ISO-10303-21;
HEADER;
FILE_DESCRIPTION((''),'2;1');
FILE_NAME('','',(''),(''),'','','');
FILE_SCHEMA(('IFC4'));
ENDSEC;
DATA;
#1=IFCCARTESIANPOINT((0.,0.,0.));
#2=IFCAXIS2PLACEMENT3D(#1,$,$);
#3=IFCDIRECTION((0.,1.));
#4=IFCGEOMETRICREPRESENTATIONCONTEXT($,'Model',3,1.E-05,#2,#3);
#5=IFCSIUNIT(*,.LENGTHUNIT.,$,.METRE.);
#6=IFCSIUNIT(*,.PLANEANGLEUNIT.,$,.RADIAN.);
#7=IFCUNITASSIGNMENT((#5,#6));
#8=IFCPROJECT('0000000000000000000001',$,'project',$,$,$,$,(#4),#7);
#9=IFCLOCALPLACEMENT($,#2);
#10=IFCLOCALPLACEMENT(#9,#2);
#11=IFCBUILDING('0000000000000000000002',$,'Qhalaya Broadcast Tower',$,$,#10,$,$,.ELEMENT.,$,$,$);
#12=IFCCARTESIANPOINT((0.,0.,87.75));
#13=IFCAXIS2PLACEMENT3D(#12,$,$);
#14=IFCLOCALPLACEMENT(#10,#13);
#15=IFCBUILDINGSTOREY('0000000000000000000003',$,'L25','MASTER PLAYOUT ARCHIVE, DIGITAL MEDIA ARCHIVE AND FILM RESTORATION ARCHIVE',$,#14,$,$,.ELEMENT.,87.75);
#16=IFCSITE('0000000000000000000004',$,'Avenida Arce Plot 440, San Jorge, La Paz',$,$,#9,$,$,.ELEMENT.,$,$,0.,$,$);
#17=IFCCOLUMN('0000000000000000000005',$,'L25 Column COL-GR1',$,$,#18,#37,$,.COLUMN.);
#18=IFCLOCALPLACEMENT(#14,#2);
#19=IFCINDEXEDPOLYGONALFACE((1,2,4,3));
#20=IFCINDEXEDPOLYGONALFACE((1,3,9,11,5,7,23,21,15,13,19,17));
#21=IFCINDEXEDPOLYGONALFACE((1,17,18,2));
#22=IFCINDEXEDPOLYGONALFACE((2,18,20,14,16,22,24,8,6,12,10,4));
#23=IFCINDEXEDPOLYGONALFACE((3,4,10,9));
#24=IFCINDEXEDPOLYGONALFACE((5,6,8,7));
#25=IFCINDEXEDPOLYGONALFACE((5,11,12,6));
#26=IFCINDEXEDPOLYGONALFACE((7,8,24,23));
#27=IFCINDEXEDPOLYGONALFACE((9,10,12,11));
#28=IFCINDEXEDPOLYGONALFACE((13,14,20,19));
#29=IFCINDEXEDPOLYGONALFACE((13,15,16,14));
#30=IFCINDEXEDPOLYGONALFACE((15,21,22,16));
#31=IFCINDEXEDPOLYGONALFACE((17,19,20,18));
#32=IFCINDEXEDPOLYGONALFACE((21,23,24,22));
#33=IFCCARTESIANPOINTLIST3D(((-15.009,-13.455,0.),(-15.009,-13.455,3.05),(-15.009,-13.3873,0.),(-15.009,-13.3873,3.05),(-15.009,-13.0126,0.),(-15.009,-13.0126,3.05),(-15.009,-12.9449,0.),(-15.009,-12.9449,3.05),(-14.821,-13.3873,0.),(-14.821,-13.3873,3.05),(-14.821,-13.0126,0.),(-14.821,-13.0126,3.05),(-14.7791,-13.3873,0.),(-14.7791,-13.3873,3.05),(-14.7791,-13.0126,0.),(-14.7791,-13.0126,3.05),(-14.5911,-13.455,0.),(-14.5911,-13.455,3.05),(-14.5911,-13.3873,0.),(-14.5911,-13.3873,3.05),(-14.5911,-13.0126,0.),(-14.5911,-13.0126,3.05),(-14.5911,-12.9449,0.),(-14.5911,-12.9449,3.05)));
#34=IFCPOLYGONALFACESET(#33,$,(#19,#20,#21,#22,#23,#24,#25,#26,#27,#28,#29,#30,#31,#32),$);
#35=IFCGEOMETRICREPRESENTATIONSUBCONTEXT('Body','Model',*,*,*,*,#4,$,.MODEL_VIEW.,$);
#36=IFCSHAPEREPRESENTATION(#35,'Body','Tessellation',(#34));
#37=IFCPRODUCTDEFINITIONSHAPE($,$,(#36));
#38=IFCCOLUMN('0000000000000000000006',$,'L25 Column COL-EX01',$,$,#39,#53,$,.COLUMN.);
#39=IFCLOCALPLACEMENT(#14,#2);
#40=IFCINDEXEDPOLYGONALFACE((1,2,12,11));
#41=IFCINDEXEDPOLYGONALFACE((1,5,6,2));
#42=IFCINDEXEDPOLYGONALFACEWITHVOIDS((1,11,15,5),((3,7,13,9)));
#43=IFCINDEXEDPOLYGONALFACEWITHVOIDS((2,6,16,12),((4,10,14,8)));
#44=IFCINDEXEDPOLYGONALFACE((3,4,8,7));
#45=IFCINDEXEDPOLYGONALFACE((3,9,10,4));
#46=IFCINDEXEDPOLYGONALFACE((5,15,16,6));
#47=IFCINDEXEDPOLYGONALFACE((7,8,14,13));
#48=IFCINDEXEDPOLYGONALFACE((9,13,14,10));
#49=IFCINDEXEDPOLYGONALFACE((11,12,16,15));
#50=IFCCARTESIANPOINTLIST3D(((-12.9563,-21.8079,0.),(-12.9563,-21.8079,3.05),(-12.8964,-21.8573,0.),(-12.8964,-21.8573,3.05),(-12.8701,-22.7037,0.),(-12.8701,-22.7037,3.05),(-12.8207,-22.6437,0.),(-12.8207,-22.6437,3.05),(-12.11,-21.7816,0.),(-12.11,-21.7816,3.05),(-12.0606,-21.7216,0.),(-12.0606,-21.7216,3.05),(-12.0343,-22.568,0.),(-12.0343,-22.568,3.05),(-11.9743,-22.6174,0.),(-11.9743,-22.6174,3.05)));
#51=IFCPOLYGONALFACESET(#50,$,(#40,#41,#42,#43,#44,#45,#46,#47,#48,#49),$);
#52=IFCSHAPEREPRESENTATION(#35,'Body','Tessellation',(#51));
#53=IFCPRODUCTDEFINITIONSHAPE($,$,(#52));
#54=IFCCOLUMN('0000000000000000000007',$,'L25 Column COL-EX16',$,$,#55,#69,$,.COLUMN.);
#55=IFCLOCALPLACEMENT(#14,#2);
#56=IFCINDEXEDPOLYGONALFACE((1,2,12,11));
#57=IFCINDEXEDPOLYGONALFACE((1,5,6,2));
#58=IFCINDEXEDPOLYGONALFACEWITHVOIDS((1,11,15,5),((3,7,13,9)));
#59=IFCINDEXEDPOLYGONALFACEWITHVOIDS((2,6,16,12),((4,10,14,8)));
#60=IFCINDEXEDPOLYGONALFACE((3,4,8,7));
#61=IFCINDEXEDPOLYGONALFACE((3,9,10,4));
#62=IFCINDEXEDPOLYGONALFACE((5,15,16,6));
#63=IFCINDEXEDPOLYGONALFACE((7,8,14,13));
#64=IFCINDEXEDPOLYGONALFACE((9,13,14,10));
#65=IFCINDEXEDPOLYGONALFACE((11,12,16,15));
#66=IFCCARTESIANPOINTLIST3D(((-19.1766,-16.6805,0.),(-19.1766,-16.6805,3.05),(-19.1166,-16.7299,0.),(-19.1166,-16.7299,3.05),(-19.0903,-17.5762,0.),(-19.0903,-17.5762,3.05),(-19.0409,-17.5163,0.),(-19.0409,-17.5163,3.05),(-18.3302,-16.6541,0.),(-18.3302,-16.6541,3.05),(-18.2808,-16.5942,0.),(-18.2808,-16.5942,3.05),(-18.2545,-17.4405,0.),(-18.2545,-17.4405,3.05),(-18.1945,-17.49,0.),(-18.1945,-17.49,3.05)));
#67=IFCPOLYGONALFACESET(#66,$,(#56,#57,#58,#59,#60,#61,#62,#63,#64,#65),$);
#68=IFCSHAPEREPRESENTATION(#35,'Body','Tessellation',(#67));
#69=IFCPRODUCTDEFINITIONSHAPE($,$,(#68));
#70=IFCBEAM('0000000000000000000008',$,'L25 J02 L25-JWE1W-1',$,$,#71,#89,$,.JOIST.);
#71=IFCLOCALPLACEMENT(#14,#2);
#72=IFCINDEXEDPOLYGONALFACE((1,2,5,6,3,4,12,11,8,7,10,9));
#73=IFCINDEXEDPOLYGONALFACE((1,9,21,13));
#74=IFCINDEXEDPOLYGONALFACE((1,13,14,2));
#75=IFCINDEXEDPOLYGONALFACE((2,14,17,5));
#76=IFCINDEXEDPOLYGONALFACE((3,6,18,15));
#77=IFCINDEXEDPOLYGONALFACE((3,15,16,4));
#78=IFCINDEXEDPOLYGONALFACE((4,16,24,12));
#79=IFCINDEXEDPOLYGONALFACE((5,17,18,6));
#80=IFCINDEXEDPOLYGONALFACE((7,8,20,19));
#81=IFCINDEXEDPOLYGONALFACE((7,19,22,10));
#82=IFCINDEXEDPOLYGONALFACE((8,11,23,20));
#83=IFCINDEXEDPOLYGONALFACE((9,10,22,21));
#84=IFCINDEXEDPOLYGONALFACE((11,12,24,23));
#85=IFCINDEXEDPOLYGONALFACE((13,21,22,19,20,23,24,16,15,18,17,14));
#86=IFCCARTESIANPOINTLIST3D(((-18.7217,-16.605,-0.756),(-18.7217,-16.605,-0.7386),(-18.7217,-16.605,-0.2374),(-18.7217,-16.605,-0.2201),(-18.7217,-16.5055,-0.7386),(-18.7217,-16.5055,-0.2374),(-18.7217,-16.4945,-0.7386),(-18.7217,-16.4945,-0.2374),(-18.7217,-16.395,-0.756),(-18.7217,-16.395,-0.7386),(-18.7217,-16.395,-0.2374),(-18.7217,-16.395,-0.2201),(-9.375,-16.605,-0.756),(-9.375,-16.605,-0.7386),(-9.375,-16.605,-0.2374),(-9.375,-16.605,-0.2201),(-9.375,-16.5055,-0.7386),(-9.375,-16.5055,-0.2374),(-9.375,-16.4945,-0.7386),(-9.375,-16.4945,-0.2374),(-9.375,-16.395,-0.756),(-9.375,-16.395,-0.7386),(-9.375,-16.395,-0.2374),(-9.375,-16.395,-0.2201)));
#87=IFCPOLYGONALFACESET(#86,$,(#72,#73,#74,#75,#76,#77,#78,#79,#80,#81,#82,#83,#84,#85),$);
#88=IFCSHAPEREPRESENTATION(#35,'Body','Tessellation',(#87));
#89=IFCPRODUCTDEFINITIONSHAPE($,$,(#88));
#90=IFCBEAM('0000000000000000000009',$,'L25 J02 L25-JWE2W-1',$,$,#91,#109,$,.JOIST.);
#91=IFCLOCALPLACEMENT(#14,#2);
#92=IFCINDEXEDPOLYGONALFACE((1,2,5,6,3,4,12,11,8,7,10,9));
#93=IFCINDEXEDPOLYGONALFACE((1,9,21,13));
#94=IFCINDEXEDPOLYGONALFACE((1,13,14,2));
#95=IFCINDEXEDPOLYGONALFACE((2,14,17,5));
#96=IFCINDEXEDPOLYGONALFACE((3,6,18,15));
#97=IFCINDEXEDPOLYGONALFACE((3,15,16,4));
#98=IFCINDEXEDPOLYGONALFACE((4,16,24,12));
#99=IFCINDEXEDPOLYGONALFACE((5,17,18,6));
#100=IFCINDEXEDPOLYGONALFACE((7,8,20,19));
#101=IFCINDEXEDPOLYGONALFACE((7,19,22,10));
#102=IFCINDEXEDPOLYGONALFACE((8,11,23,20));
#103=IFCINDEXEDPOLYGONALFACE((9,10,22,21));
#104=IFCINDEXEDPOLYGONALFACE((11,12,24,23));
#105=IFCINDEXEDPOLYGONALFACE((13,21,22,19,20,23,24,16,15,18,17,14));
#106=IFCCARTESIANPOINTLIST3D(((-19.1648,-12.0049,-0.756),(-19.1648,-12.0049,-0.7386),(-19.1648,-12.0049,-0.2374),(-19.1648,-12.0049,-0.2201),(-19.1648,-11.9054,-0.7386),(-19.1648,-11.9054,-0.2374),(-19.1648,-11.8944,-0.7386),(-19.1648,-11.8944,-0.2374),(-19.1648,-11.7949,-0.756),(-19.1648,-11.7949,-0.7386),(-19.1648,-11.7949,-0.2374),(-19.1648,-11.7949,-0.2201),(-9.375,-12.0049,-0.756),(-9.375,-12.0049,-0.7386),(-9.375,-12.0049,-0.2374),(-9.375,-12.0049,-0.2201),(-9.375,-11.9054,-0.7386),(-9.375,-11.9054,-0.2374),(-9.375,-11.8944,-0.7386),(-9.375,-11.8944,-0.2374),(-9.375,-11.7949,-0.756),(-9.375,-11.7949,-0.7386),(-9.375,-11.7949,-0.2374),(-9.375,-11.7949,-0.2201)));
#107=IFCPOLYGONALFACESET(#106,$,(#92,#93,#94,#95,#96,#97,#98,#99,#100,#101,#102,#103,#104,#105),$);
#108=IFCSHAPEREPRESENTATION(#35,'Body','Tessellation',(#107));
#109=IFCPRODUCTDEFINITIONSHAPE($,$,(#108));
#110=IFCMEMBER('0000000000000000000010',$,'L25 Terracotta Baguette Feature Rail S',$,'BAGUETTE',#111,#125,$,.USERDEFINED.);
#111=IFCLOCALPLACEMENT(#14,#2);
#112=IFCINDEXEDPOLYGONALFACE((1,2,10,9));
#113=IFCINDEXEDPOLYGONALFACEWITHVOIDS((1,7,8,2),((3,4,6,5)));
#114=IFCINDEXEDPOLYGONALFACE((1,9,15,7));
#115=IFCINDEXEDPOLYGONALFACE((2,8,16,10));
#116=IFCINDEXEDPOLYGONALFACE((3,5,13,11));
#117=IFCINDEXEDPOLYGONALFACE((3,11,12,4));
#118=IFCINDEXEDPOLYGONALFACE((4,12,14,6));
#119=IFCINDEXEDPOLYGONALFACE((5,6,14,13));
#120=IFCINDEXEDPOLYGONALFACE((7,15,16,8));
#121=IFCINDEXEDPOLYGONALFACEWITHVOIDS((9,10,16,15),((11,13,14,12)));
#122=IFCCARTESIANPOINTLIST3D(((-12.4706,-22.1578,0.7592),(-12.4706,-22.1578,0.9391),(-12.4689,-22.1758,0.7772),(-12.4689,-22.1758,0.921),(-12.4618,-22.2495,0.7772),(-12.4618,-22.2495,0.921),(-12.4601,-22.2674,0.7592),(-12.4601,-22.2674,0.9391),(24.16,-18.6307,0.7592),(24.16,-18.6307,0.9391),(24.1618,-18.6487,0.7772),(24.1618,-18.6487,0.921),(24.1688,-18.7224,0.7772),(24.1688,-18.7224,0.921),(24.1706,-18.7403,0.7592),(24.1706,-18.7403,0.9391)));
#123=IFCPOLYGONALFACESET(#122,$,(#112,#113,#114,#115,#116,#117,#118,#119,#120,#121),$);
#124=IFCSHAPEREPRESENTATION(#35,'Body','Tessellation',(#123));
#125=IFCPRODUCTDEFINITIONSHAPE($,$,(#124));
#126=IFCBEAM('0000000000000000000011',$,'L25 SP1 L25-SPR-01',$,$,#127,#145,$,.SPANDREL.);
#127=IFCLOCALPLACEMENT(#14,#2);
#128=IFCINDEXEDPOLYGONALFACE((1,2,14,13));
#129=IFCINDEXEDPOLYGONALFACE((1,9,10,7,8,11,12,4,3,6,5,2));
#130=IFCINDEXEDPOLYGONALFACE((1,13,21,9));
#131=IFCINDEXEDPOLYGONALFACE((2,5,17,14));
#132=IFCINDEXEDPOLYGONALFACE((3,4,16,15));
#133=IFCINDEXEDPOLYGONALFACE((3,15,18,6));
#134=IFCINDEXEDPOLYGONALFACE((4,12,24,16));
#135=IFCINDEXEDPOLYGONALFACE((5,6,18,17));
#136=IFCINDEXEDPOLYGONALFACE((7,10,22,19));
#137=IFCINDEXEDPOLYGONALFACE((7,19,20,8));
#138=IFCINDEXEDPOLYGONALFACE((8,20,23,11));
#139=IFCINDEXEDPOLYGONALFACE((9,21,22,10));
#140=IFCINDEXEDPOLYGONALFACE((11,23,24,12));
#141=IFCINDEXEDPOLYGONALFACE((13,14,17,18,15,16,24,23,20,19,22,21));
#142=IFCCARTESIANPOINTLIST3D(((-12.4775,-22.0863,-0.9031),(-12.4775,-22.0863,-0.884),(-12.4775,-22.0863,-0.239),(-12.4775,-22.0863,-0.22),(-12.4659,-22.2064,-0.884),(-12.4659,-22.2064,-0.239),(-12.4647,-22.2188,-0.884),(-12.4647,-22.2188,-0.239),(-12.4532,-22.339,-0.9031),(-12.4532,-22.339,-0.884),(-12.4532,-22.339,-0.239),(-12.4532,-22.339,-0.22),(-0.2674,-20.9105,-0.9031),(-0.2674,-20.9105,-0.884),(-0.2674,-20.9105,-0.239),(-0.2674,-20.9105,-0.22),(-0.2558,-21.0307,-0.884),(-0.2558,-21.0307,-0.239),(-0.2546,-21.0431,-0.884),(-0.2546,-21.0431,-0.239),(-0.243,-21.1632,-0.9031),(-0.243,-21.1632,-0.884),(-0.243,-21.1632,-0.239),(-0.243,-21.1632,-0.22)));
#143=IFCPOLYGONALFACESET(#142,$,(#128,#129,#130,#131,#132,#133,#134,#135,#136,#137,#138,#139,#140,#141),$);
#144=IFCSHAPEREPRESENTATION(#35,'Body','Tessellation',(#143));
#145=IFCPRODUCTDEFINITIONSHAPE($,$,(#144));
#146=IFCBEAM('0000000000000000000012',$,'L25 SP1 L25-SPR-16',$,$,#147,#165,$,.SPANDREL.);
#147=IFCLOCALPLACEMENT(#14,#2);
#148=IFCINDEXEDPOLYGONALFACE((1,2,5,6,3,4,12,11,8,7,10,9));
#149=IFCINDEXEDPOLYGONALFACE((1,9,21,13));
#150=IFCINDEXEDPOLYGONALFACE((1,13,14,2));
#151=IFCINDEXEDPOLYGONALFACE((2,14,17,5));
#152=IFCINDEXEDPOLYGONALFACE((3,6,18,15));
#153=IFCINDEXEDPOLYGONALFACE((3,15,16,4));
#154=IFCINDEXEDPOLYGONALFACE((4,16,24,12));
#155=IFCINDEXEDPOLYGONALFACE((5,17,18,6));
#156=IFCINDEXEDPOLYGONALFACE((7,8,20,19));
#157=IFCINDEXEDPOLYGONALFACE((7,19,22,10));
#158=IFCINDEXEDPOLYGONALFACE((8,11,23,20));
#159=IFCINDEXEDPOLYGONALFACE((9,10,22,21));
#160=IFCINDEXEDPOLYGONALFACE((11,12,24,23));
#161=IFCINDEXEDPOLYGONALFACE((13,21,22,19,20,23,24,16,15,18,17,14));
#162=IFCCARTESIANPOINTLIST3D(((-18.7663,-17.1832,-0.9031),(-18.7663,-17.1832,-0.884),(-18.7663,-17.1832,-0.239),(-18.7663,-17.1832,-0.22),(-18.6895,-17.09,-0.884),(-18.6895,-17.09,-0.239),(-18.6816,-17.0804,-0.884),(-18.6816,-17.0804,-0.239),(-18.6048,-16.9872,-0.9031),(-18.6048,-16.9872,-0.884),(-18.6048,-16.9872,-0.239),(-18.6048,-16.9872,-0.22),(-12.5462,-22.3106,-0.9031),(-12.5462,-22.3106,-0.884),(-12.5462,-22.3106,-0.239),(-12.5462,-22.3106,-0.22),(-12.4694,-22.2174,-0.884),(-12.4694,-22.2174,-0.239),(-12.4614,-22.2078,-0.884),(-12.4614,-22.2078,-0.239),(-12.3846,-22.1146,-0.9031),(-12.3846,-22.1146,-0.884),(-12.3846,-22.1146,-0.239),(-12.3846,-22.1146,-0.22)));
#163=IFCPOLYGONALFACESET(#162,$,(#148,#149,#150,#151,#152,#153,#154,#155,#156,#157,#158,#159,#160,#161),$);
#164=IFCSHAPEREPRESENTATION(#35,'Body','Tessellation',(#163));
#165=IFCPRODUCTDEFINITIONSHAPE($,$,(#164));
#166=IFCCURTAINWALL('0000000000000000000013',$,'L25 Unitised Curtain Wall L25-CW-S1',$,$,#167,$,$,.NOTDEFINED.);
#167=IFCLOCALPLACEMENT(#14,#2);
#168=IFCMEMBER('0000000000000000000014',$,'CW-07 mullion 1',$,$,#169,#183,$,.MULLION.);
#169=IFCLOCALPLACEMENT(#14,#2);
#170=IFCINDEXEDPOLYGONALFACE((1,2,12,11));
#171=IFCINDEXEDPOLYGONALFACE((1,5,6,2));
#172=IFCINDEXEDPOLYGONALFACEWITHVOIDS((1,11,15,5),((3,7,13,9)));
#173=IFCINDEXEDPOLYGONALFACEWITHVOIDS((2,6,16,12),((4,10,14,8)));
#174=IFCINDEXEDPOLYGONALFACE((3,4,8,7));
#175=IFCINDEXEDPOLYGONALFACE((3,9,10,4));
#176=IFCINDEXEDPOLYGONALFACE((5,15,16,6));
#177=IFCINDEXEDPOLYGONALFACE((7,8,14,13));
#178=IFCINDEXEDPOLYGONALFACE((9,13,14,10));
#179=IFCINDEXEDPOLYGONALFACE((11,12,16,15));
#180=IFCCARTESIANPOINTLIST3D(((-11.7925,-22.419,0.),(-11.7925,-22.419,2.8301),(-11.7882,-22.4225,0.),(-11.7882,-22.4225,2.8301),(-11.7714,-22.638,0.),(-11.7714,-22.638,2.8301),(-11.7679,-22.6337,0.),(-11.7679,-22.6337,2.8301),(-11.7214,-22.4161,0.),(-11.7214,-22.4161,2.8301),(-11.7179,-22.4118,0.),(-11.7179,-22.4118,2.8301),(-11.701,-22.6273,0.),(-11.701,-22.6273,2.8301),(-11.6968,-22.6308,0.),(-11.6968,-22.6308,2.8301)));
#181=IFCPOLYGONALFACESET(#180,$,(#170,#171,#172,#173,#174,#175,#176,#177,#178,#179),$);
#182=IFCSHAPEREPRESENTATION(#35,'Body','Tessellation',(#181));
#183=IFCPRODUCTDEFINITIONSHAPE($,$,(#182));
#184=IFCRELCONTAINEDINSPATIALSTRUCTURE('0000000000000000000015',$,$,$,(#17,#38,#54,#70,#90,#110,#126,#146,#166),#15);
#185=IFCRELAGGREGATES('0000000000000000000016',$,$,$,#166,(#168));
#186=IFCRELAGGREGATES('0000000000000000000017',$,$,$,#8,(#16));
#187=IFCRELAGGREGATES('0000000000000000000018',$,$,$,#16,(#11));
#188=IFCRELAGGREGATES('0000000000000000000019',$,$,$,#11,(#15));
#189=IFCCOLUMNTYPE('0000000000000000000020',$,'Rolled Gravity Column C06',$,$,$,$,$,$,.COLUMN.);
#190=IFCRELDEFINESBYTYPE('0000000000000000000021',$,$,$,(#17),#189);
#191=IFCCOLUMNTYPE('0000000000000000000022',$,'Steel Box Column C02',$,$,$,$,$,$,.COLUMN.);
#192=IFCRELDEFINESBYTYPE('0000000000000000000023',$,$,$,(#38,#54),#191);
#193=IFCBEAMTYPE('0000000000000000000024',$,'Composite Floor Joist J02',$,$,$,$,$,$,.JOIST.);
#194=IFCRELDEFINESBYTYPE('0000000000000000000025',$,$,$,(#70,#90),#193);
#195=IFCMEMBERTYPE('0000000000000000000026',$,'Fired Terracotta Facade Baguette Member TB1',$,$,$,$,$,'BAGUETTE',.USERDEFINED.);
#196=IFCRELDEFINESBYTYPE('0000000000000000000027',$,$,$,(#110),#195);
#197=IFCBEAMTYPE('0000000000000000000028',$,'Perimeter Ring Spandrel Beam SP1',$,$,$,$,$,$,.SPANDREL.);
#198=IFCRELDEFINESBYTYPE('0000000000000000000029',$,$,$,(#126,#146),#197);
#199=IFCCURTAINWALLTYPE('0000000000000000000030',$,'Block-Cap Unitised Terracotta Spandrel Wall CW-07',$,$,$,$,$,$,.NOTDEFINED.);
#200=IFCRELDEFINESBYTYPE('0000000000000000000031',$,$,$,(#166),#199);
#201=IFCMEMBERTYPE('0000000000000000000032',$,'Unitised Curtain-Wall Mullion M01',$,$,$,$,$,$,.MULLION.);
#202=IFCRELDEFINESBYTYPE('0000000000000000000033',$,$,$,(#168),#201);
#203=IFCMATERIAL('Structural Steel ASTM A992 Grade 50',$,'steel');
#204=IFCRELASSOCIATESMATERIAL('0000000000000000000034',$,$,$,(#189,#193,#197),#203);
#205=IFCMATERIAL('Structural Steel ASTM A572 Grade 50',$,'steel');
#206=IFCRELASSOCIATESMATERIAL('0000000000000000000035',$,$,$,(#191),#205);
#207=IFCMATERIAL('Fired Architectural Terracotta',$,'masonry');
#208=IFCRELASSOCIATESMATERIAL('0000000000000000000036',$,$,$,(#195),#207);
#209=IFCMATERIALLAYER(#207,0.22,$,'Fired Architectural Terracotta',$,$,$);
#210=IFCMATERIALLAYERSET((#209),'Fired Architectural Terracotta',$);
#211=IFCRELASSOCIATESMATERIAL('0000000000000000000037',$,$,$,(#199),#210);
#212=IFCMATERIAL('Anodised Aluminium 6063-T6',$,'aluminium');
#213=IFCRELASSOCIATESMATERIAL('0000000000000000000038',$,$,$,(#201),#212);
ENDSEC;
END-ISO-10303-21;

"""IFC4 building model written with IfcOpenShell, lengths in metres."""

from ifc_helpers import new_model, si_unit, direction, frame, origin, origin_2d, place, context, subcontext, project, spatial, hollow_rectangle, i_section, extrude, material, layer, layer_set, material_profile, profile_set, type_object, element, aggregate, save


model = new_model("IFC4")

# Units and contexts
model_context = context("Model", 3, precision=1e-05, world=origin(), true_north=direction((0.0, 1.0)))
body_context = subcontext(model_context, "Body", "Model", "MODEL_VIEW")
ifc_project = project(units=[si_unit("LENGTHUNIT", "METRE"), si_unit("PLANEANGLEUNIT", "RADIAN")], contexts=[model_context])

# Site, building, storey
site_placement = place(None, origin())
site = spatial("IfcSite", under=ifc_project, at=site_placement, Name="Avenida Arce Plot 440, San Jorge, La Paz", CompositionType="ELEMENT", RefElevation=0.0)
building_placement = place(site_placement, origin())
building = spatial("IfcBuilding", under=site, at=building_placement, Name="Qhalaya Broadcast Tower", CompositionType="ELEMENT")
storey_placement = place(building_placement, frame((0.0, 0.0, 87.75)))
storey = spatial("IfcBuildingStorey", under=building, at=storey_placement, Name="L25", Description="MASTER PLAYOUT ARCHIVE, DIGITAL MEDIA ARCHIVE AND FILM RESTORATION ARCHIVE", CompositionType="ELEMENT", Elevation=87.75)

# Columns
ifc_material_1 = material(Name="Structural Steel ASTM A992 Grade 50", Category="steel")
ifc_material_profile_1 = material_profile(ifc_material_1, i_section(OverallWidth=0.418, OverallDepth=0.51, WebThickness=0.042, FlangeThickness=0.0676, at=origin_2d()), Name="W14X370")
ifc_profile_set_1 = profile_set([ifc_material_profile_1], Name="Structural Steel ASTM A992 Grade 50")
column_type_1 = type_object("IfcColumnType", Name="Rolled Gravity Column C06", PredefinedType="COLUMN", material=ifc_profile_set_1)
column_placement = place(storey_placement, frame((-14.8, -13.2, 0.0), z_axis=(0.0, 0.0, 1.0), x_axis=(1.0, 0.0, 0.0)))
element("IfcColumn", 1, at=column_placement, inside=storey, type_object=column_type_1, Name="L25 Column COL-GR1", PredefinedType="COLUMN", context=body_context, shape_type="SweptSolid", body=[
    extrude(i_section(OverallWidth=0.418, OverallDepth=0.51, WebThickness=0.042, FlangeThickness=0.0676, at=origin_2d()), origin(), (0.0, 0.0, 1.0), 3.05),
])
ifc_material_2 = material(Name="Structural Steel ASTM A572 Grade 50", Category="steel")
ifc_material_profile_2 = material_profile(ifc_material_2, hollow_rectangle(XDim=0.8999, YDim=0.8999, WallThickness=0.0549, at=origin_2d()), Name="BOX 900x900x55")
ifc_profile_set_2 = profile_set([ifc_material_profile_2], Name="Structural Steel ASTM A572 Grade 50")
column_type_2 = type_object("IfcColumnType", Name="Steel Box Column C02", PredefinedType="COLUMN", material=ifc_profile_set_2)
for number, where, z_axis, x_axis, name in (
    (2, (-12.4653, -22.2126, 0.0), (0.0, 0.0, 1.0), (0.995396, 0.095846, 0.0), "L25 Column COL-EX01"),
    (3, (-18.6855, -17.0852, 0.0), (0.0, 0.0, 1.0), (-0.095846, 0.995396, 0.0), "L25 Column COL-EX16"),
):
    element("IfcColumn", number, at=place(storey_placement, frame(where, z_axis=z_axis, x_axis=x_axis)), inside=storey, type_object=column_type_2, Name=name, PredefinedType="COLUMN", context=body_context, shape_type="SweptSolid", body=[
        extrude(hollow_rectangle(XDim=0.8999, YDim=0.8999, WallThickness=0.0549, at=origin_2d()), origin(), (0.0, 0.0, 1.0), 3.05),
    ])

# Beams
ifc_material_profile_3 = material_profile(ifc_material_1, i_section(OverallWidth=0.21, OverallDepth=0.5359, WebThickness=0.011, FlangeThickness=0.0173, at=origin_2d()), Name="W21X68")
ifc_profile_set_3 = profile_set([ifc_material_profile_3], Name="Structural Steel ASTM A992 Grade 50")
beam_type_1 = type_object("IfcBeamType", Name="Composite Floor Joist J02", PredefinedType="JOIST", material=ifc_profile_set_3)
beam_1_placement = place(storey_placement, frame((-18.7217, -16.5, -0.488), z_axis=(1.0, 0.0, 0.0), x_axis=(0.0, 1.0, 0.0)))
element("IfcBeam", 4, at=beam_1_placement, inside=storey, type_object=beam_type_1, Name="L25 J02 L25-JWE1W-1", PredefinedType="JOIST", context=body_context, shape_type="SweptSolid", body=[
    extrude(i_section(OverallWidth=0.21, OverallDepth=0.5359, WebThickness=0.011, FlangeThickness=0.0173, at=origin_2d()), origin(), (0.0, 0.0, 1.0), 9.3467),
])
beam_2_placement = place(storey_placement, frame((-19.1648, -11.8999, -0.488), z_axis=(1.0, 0.0, 0.0), x_axis=(0.0, 1.0, 0.0)))
element("IfcBeam", 5, at=beam_2_placement, inside=storey, type_object=beam_type_1, Name="L25 J02 L25-JWE2W-1", PredefinedType="JOIST", context=body_context, shape_type="SweptSolid", body=[
    extrude(i_section(OverallWidth=0.21, OverallDepth=0.5359, WebThickness=0.011, FlangeThickness=0.0173, at=origin_2d()), origin(), (0.0, 0.0, 1.0), 9.7898),
])

# Member
ifc_material_3 = material(Name="Fired Architectural Terracotta", Category="masonry")
ifc_material_profile_4 = material_profile(ifc_material_3, hollow_rectangle(XDim=0.1101, YDim=0.1799, WallThickness=0.0181, at=origin_2d()), Name="TB-BAG 110x180x18")
ifc_profile_set_4 = profile_set([ifc_material_profile_4], Name="Fired Architectural Terracotta")
member_type_1 = type_object("IfcMemberType", Name="Fired Terracotta Facade Baguette Member TB1", ElementType="BAGUETTE", PredefinedType="USERDEFINED", material=ifc_profile_set_4)
member_1_placement = place(storey_placement, frame((-12.4653, -22.2126, 0.8491), z_axis=(0.995396, 0.095845, 0.0), x_axis=(-0.095845, 0.995396, 0.0)))
element("IfcMember", 6, at=member_1_placement, inside=storey, type_object=member_type_1, Name="L25 Terracotta Baguette Feature Rail S", ObjectType="BAGUETTE", PredefinedType="USERDEFINED", context=body_context, shape_type="SweptSolid", body=[
    extrude(hollow_rectangle(XDim=0.1101, YDim=0.1799, WallThickness=0.0181, at=origin_2d()), origin(), (0.0, 0.0, 1.0), 36.8),
])

# Beams
ifc_material_profile_5 = material_profile(ifc_material_1, i_section(OverallWidth=0.2539, OverallDepth=0.6831, WebThickness=0.0125, FlangeThickness=0.019, at=origin_2d()), Name="W27X94")
ifc_profile_set_5 = profile_set([ifc_material_profile_5], Name="Structural Steel ASTM A992 Grade 50")
beam_type_2 = type_object("IfcBeamType", Name="Perimeter Ring Spandrel Beam SP1", PredefinedType="SPANDREL", material=ifc_profile_set_5)
beam_3_placement = place(storey_placement, frame((-12.4653, -22.2126, -0.5615), z_axis=(0.995396, 0.095852, 0.0), x_axis=(-0.095852, 0.995396, 0.0)))
element("IfcBeam", 7, at=beam_3_placement, inside=storey, type_object=beam_type_2, Name="L25 SP1 L25-SPR-01", PredefinedType="SPANDREL", context=body_context, shape_type="SweptSolid", body=[
    extrude(i_section(OverallWidth=0.2539, OverallDepth=0.6831, WebThickness=0.0125, FlangeThickness=0.019, at=origin_2d()), origin(), (0.0, 0.0, 1.0), 12.2666),
])
beam_4_placement = place(storey_placement, frame((-18.6855, -17.0852, -0.5615), z_axis=(0.771631, -0.63607, 0.0), x_axis=(0.63607, 0.771631, 0.0)))
element("IfcBeam", 8, at=beam_4_placement, inside=storey, type_object=beam_type_2, Name="L25 SP1 L25-SPR-16", PredefinedType="SPANDREL", context=body_context, shape_type="SweptSolid", body=[
    extrude(i_section(OverallWidth=0.2539, OverallDepth=0.6831, WebThickness=0.0125, FlangeThickness=0.019, at=origin_2d()), origin(), (0.0, 0.0, 1.0), 8.061),
])

# Curtain wall, member
ifc_layer_1 = layer(ifc_material_3, 0.22, Name="Fired Architectural Terracotta")
ifc_layer_set_1 = layer_set([ifc_layer_1], Name="Fired Architectural Terracotta")
curtain_wall_type_1 = type_object("IfcCurtainWallType", Name="Block-Cap Unitised Terracotta Spandrel Wall CW-07", PredefinedType="NOTDEFINED", material=ifc_layer_set_1)
curtain_wall_1_placement = place(storey_placement, origin())
curtain_wall_1 = element("IfcCurtainWall", 9, at=curtain_wall_1_placement, inside=storey, type_object=curtain_wall_type_1, Name="L25 Unitised Curtain Wall L25-CW-S1", PredefinedType="NOTDEFINED")
ifc_material_4 = material(Name="Anodised Aluminium 6063-T6", Category="aluminium")
ifc_material_profile_6 = material_profile(ifc_material_4, hollow_rectangle(XDim=0.075, YDim=0.22, WallThickness=0.0039, at=origin_2d()), Name="ALU-MUL 75x220x4")
ifc_profile_set_6 = profile_set([ifc_material_profile_6], Name="Anodised Aluminium 6063-T6")
member_type_2 = type_object("IfcMemberType", Name="Unitised Curtain-Wall Mullion M01", PredefinedType="MULLION", material=ifc_profile_set_6)
member_2_placement = place(storey_placement, frame((-11.7446, -22.5249, 0.0), z_axis=(0.0, 0.0, 1.0), x_axis=(0.995397, 0.095837, 0.0)))
member_2 = element("IfcMember", 10, at=member_2_placement, type_object=member_type_2, Name="CW-07 mullion 1", PredefinedType="MULLION", context=body_context, shape_type="SweptSolid", body=[
    extrude(hollow_rectangle(XDim=0.075, YDim=0.22, WallThickness=0.0039, at=origin_2d()), origin(), (0.0, 0.0, 1.0), 2.8301),
])

aggregate(curtain_wall_1, [member_2])

save(model, "model.ifc")
